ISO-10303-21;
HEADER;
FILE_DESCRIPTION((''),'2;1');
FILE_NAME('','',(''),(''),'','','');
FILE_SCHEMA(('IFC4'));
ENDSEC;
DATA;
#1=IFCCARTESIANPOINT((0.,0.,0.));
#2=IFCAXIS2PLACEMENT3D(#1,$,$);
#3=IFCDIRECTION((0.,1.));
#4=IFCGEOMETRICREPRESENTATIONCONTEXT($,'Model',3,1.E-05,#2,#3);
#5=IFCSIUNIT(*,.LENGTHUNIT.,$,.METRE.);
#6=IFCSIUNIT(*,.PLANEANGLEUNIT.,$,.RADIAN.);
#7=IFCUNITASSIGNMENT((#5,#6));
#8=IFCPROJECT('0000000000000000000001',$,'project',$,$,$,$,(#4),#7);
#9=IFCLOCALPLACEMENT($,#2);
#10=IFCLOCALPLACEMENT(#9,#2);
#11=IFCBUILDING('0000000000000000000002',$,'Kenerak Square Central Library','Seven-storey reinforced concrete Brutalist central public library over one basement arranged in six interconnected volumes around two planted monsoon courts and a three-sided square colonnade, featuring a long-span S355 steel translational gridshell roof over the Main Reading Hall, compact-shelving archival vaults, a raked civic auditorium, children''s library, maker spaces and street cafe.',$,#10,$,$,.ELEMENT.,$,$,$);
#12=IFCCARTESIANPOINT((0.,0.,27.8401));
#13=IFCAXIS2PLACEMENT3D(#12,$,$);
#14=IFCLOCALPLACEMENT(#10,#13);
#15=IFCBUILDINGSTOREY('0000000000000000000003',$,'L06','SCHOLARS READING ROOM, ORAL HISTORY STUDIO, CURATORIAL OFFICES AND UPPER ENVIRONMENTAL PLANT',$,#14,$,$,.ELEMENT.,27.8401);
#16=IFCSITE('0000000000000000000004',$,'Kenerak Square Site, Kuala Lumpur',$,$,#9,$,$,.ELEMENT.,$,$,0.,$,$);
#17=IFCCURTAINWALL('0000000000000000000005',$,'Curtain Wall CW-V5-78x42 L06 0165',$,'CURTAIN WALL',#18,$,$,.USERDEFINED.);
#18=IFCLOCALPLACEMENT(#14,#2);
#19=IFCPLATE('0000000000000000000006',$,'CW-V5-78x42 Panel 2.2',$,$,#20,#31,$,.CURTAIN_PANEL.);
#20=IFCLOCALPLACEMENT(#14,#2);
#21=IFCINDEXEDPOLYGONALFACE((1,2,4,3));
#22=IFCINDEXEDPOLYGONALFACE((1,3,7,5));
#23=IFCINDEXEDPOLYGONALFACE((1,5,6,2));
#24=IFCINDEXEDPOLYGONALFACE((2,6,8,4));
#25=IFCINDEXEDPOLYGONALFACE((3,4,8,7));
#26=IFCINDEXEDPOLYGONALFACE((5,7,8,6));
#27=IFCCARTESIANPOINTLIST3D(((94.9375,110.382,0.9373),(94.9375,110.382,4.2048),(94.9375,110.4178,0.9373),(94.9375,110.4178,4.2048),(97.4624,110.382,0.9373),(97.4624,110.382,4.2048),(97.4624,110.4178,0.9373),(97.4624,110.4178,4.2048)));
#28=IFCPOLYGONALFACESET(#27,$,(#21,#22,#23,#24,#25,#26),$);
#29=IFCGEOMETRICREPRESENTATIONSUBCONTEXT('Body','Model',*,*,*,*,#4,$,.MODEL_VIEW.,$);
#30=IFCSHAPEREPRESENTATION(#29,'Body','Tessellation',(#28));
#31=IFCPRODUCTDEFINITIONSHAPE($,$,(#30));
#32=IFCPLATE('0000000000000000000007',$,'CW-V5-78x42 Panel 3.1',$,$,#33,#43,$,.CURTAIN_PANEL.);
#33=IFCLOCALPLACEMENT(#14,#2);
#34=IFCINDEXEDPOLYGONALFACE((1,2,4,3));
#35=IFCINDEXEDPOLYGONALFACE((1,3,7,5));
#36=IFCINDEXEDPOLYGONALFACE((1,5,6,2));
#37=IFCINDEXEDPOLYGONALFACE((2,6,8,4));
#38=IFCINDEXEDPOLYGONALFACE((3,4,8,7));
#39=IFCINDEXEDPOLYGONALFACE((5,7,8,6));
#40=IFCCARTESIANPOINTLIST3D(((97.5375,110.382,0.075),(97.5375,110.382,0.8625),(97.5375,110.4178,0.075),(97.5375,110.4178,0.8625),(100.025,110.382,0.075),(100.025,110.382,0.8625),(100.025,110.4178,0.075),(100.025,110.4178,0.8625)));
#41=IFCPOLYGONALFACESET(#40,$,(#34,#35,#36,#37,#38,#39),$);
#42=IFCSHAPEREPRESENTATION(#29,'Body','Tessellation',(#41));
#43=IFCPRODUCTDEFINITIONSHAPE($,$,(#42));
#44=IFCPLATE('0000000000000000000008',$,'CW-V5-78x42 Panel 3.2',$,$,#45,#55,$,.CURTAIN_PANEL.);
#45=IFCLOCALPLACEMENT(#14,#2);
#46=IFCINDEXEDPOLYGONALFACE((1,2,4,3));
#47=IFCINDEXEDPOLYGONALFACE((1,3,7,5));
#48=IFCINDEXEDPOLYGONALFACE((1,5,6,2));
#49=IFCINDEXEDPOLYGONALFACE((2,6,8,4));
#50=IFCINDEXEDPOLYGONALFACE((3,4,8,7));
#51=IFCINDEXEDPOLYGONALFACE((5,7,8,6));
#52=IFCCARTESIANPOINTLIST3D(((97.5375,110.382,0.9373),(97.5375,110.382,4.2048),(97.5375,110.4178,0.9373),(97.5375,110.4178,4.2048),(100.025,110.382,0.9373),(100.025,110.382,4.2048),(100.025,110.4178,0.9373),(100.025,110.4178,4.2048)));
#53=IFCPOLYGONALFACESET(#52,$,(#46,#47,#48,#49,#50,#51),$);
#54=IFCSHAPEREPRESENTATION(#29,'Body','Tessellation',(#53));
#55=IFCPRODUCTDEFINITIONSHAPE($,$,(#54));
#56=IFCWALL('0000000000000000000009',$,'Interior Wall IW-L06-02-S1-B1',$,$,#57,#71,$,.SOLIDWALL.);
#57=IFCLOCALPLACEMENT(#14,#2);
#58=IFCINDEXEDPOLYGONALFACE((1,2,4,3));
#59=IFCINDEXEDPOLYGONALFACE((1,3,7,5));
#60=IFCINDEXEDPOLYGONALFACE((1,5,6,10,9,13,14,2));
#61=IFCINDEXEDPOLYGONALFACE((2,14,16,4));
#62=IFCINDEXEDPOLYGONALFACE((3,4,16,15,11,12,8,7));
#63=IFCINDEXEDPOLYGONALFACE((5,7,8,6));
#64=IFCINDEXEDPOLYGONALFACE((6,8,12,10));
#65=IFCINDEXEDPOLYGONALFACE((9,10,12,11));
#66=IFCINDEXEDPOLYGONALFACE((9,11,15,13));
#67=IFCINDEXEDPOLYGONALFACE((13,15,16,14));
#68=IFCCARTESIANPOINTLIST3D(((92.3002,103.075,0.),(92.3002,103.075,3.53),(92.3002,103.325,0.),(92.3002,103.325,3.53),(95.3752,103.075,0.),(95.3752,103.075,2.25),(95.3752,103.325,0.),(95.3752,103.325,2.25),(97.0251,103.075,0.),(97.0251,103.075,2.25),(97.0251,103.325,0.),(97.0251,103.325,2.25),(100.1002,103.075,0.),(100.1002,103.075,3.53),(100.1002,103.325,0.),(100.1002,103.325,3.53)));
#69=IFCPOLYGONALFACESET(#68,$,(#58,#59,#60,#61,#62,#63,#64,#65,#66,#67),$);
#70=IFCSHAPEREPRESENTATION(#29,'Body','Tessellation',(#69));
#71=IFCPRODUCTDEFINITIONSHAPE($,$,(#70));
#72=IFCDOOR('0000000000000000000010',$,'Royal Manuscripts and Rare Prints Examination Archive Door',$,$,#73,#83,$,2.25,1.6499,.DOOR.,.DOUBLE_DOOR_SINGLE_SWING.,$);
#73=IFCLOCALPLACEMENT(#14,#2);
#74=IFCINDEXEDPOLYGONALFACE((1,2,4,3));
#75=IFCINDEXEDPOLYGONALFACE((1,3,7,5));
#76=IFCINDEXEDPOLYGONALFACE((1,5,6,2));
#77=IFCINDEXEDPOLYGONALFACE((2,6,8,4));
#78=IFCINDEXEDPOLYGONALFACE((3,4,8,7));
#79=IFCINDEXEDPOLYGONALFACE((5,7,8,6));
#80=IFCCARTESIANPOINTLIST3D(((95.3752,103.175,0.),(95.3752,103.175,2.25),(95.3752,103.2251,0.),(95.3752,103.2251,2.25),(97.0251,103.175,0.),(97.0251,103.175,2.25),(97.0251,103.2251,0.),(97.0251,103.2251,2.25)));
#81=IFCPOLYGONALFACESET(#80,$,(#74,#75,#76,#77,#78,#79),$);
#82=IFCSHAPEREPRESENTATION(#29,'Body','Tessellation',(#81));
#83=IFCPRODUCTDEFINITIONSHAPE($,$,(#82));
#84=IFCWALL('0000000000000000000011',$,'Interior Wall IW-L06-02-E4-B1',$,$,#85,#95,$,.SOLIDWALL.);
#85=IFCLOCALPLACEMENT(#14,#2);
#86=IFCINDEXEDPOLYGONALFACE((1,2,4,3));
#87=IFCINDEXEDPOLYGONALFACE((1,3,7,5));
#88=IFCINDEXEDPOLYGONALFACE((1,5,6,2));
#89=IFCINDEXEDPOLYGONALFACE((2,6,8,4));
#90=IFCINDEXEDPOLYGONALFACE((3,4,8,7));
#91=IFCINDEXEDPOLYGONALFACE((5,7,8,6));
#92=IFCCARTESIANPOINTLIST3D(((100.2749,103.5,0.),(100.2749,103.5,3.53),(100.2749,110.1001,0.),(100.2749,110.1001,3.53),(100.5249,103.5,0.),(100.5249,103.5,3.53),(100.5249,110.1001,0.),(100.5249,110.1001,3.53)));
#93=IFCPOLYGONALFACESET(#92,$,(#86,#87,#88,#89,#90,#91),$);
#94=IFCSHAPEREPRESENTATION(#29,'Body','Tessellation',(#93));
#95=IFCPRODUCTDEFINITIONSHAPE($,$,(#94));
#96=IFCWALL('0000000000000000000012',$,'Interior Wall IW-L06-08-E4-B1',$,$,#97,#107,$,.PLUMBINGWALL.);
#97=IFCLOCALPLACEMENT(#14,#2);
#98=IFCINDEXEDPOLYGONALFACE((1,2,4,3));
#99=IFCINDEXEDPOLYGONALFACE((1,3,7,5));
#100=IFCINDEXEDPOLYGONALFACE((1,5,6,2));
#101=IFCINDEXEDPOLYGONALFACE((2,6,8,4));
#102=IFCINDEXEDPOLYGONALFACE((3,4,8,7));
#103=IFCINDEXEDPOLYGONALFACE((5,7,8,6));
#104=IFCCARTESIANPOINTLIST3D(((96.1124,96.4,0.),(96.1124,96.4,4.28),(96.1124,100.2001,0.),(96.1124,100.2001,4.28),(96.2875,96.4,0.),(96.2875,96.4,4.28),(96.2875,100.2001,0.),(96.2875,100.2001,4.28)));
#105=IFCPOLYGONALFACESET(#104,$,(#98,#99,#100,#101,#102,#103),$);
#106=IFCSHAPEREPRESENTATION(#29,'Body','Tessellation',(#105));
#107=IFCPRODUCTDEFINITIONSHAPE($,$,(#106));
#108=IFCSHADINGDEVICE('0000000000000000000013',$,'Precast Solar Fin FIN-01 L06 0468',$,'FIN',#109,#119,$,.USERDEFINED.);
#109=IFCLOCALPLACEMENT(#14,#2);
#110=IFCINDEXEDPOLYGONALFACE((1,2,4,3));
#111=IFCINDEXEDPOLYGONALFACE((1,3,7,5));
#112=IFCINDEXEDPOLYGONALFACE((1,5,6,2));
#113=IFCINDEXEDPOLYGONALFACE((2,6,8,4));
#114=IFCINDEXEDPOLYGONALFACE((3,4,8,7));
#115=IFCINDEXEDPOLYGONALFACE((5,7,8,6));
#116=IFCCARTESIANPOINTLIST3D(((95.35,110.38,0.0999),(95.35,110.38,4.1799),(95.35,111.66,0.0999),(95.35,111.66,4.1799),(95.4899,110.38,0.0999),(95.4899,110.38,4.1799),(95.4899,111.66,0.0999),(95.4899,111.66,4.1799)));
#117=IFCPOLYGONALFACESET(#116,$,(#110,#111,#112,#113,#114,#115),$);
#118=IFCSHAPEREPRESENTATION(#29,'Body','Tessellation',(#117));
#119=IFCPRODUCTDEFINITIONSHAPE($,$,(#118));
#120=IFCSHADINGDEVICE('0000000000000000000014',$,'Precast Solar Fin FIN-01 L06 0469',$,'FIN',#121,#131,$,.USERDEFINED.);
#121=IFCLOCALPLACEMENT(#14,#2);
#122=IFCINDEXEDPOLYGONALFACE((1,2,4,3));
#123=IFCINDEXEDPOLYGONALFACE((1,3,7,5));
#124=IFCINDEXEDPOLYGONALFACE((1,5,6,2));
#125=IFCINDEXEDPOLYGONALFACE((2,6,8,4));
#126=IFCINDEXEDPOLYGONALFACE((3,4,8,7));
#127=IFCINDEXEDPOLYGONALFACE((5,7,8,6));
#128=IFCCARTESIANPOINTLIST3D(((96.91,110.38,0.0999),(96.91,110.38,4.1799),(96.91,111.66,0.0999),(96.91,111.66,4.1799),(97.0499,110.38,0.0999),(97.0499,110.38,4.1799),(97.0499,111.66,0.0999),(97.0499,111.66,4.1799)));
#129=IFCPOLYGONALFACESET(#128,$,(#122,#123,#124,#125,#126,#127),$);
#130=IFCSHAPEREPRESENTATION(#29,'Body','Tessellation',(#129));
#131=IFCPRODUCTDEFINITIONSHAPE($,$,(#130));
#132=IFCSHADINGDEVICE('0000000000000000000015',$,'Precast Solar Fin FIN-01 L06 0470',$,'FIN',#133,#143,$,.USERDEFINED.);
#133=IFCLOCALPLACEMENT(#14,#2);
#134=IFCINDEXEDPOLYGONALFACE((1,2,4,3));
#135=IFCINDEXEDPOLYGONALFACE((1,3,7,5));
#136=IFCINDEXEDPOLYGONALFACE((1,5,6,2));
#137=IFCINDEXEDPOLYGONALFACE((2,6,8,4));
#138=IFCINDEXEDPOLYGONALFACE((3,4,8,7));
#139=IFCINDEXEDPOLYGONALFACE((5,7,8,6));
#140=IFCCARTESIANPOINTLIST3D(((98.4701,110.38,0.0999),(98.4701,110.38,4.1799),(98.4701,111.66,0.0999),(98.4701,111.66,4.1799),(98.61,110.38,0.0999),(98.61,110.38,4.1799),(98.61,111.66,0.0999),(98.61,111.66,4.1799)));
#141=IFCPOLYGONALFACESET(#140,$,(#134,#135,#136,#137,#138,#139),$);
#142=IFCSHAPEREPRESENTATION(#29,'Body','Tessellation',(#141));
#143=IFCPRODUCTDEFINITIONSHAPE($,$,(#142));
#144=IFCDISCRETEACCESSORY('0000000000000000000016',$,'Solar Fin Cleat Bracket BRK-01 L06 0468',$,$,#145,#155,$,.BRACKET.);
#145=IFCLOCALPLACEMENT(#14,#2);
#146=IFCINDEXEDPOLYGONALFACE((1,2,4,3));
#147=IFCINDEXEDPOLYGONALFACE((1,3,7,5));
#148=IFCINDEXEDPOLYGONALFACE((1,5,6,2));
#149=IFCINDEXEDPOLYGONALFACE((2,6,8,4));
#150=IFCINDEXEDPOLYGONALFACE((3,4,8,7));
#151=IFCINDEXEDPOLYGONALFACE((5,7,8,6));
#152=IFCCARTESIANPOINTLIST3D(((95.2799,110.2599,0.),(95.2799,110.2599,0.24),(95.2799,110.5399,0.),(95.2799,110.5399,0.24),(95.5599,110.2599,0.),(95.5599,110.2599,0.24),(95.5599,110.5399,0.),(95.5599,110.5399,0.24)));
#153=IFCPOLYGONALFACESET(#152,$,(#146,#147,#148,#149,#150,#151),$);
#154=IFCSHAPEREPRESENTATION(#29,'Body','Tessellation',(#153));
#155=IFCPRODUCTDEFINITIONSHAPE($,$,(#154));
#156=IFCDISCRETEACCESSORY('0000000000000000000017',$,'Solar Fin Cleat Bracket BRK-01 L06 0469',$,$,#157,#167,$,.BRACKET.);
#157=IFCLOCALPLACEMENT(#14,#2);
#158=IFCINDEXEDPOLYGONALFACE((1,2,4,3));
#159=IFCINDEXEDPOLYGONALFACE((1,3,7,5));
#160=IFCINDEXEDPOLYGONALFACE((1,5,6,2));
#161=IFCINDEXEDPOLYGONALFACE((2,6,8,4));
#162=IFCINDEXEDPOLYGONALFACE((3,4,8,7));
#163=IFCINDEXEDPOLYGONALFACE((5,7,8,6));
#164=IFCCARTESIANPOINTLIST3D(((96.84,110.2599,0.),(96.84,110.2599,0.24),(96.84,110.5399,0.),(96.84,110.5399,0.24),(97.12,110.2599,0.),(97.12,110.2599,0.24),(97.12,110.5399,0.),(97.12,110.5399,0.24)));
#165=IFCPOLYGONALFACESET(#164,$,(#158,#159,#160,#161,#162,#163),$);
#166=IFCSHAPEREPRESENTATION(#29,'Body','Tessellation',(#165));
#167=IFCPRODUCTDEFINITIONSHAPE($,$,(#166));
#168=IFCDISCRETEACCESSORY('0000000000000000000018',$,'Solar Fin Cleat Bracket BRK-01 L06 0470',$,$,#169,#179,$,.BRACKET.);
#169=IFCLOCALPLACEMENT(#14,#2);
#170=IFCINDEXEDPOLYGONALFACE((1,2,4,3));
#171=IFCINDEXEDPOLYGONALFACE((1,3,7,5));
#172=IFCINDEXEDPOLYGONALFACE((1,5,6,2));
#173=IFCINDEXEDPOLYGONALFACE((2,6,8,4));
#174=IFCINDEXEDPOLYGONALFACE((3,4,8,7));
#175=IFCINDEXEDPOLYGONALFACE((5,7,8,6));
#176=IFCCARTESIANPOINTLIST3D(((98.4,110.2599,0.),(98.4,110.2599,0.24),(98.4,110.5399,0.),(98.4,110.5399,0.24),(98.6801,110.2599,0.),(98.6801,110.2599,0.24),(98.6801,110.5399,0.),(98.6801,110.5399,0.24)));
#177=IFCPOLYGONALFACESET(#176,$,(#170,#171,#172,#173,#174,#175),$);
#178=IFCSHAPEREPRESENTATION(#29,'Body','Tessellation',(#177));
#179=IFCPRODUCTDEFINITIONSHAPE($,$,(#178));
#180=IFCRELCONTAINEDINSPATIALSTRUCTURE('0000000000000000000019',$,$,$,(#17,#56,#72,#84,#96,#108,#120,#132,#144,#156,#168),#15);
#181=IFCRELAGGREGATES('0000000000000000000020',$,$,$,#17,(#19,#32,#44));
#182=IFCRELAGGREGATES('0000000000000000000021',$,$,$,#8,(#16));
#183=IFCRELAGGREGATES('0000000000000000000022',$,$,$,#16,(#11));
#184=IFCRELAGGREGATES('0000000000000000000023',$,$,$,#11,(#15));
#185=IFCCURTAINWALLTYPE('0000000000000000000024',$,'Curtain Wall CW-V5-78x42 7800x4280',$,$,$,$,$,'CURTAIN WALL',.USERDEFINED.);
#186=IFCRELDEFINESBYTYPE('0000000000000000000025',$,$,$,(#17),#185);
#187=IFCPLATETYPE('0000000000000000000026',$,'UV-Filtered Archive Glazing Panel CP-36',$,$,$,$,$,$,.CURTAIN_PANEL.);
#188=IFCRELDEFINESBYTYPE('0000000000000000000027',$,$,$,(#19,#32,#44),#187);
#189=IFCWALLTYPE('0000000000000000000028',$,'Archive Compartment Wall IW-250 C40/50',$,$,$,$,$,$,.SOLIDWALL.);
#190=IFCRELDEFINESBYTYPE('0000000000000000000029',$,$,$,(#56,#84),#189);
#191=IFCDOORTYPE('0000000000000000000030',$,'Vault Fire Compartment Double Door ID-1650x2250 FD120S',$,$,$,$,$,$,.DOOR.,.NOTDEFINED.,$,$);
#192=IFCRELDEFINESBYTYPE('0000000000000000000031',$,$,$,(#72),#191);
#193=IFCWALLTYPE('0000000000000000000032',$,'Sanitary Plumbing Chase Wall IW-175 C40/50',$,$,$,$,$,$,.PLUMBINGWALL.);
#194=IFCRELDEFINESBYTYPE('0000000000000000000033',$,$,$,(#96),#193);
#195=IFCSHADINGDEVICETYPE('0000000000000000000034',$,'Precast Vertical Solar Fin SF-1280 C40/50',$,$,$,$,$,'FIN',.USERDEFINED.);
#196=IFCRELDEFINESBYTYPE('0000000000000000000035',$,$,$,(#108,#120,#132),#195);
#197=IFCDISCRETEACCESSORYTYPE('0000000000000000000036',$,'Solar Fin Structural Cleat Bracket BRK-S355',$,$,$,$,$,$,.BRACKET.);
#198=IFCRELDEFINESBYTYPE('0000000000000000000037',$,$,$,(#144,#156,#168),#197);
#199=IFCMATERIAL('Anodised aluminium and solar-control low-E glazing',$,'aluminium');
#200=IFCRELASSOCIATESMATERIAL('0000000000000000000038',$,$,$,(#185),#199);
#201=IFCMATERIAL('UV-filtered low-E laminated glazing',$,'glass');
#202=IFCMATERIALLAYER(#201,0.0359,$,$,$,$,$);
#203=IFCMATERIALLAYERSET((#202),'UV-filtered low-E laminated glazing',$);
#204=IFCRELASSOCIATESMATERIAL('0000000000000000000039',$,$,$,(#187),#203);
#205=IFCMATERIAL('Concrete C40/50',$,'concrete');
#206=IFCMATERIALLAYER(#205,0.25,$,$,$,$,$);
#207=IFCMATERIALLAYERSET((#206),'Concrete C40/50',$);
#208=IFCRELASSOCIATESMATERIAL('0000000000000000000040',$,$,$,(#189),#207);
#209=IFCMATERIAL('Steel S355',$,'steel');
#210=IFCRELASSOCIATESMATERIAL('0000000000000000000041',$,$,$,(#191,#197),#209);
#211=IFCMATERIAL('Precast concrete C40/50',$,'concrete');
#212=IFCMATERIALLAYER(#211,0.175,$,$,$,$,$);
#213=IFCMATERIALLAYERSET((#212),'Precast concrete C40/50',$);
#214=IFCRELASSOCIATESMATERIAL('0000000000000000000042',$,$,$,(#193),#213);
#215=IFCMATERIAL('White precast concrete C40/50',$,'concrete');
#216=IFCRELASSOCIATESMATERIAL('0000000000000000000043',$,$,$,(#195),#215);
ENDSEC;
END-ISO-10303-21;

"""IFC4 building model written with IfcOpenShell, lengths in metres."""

from ifc_helpers import new_model, si_unit, direction, frame, frame_2d, origin, origin_2d, place, context, subcontext, project, spatial, rectangle, extrude, material, layer, layer_set, type_object, element, fill, aggregate, save


model = new_model("IFC4")

# Units and contexts
model_context = context("Model", 3, precision=1e-05, world=origin(), true_north=direction((0.0, 1.0)))
body_context = subcontext(model_context, "Body", "Model", "MODEL_VIEW")
ifc_project = project(units=[si_unit("LENGTHUNIT", "METRE"), si_unit("PLANEANGLEUNIT", "RADIAN")], contexts=[model_context])

# Site, building, storey
site_placement = place(None, origin())
site = spatial("IfcSite", under=ifc_project, at=site_placement, Name="Kenerak Square Site, Kuala Lumpur", CompositionType="ELEMENT", RefElevation=0.0)
building_placement = place(site_placement, origin())
building = spatial("IfcBuilding", under=site, at=building_placement, Name="Kenerak Square Central Library", Description="Seven-storey reinforced concrete Brutalist central public library over one basement arranged in six interconnected volumes around two planted monsoon courts and a three-sided square colonnade, featuring a long-span S355 steel translational gridshell roof over the Main Reading Hall, compact-shelving archival vaults, a raked civic auditorium, children's library, maker spaces and street cafe.", CompositionType="ELEMENT")
storey_placement = place(building_placement, frame((0.0, 0.0, 27.8401)))
storey = spatial("IfcBuildingStorey", under=building, at=storey_placement, Name="L06", Description="SCHOLARS READING ROOM, ORAL HISTORY STUDIO, CURATORIAL OFFICES AND UPPER ENVIRONMENTAL PLANT", CompositionType="ELEMENT", Elevation=27.8401)

# Shared definitions
ifc_material_1 = material(Name="Concrete C40/50", Category="concrete")

# Curtain wall, plates
ifc_material_2 = material(Name="Anodised aluminium and solar-control low-E glazing", Category="aluminium")
curtain_wall_type = type_object("IfcCurtainWallType", Name="Curtain Wall CW-V5-78x42 7800x4280", ElementType="CURTAIN WALL", PredefinedType="USERDEFINED", material=ifc_material_2)
curtain_wall_placement = place(storey_placement, origin())
curtain_wall = element("IfcCurtainWall", 1, at=curtain_wall_placement, inside=storey, type_object=curtain_wall_type, Name="Curtain Wall CW-V5-78x42 L06 0165", ObjectType="CURTAIN WALL", PredefinedType="USERDEFINED")
ifc_material_3 = material(Name="UV-filtered low-E laminated glazing", Category="glass")
ifc_layer_1 = layer(ifc_material_3, 0.0359)
ifc_layer_set_1 = layer_set([ifc_layer_1], Name="UV-filtered low-E laminated glazing")
plate_type = type_object("IfcPlateType", Name="UV-Filtered Archive Glazing Panel CP-36", PredefinedType="CURTAIN_PANEL", material=ifc_layer_set_1)
plate_1_placement = place(storey_placement, frame((96.2, 110.3999, 0.9373), z_axis=(0.0, 0.0, 1.0), x_axis=(1.0, 0.0, 0.0)))
plate_1 = element("IfcPlate", 2, at=plate_1_placement, type_object=plate_type, Name="CW-V5-78x42 Panel 2.2", PredefinedType="CURTAIN_PANEL", context=body_context, shape_type="SweptSolid", body=[
    extrude(rectangle(XDim=2.5249, YDim=0.0359, at=origin_2d()), origin(), (0.0, 0.0, 1.0), 3.2676),
])
plate_2_placement = place(storey_placement, frame((98.7812, 110.3999, 0.075), z_axis=(0.0, 0.0, 1.0), x_axis=(1.0, 0.0, 0.0)))
plate_2 = element("IfcPlate", 3, at=plate_2_placement, type_object=plate_type, Name="CW-V5-78x42 Panel 3.1", PredefinedType="CURTAIN_PANEL", context=body_context, shape_type="SweptSolid", body=[
    extrude(rectangle(XDim=2.4875, YDim=0.0359, at=origin_2d()), origin(), (0.0, 0.0, 1.0), 0.7876),
])
plate_3_placement = place(storey_placement, frame((98.7812, 110.3999, 0.9373), z_axis=(0.0, 0.0, 1.0), x_axis=(1.0, 0.0, 0.0)))
plate_3 = element("IfcPlate", 4, at=plate_3_placement, type_object=plate_type, Name="CW-V5-78x42 Panel 3.2", PredefinedType="CURTAIN_PANEL", context=body_context, shape_type="SweptSolid", body=[
    extrude(rectangle(XDim=2.4875, YDim=0.0359, at=origin_2d()), origin(), (0.0, 0.0, 1.0), 3.2676),
])
aggregate(curtain_wall, [plate_1, plate_2, plate_3])

# Wall, opening, door
ifc_layer_2 = layer(ifc_material_1, 0.25)
ifc_layer_set_2 = layer_set([ifc_layer_2], Name="Concrete C40/50")
wall_type_1 = type_object("IfcWallType", Name="Archive Compartment Wall IW-250 C40/50", PredefinedType="SOLIDWALL", material=ifc_layer_set_2)
wall_1_placement = place(storey_placement, frame((100.1001, 103.2, 0.0), z_axis=(0.0, 0.0, 1.0), x_axis=(-1.0, 0.0, 0.0)))
wall_1 = element("IfcWall", 5, at=wall_1_placement, inside=storey, type_object=wall_type_1, Name="Interior Wall IW-L06-02-S1-B1", PredefinedType="SOLIDWALL", context=body_context, shape_type="SweptSolid", body=[
    extrude(rectangle(XDim=7.8, YDim=0.25, at=frame_2d((3.8999, 0.0))), origin(), (0.0, 0.0, 1.0), 3.53),
])
opening_placement = place(wall_1_placement, frame((3.075, 0.0, 0.0)))
opening = element("IfcOpeningElement", 6, at=opening_placement, cuts=wall_1, PredefinedType="OPENING", context=body_context, shape_type="SweptSolid", body=[
    extrude(rectangle(XDim=1.6499, YDim=2.25, at=frame_2d((0.825, 1.125))), frame((0.0, 0.135, 0.0), z_axis=(0.0, -1.0, 0.0), x_axis=(1.0, 0.0, 0.0)), (0.0, 0.0, 1.0), 0.27),
])
ifc_material_4 = material(Name="Steel S355", Category="steel")
door_type = type_object("IfcDoorType", Name="Vault Fire Compartment Double Door ID-1650x2250 FD120S", OperationType="NOTDEFINED", PredefinedType="DOOR", material=ifc_material_4)
door_placement = place(opening_placement, origin())
door = element("IfcDoor", 7, at=door_placement, inside=storey, type_object=door_type, Name="Royal Manuscripts and Rare Prints Examination Archive Door", OperationType="DOUBLE_DOOR_SINGLE_SWING", OverallHeight=2.25, OverallWidth=1.6499, PredefinedType="DOOR", context=body_context, shape_type="SweptSolid", body=[
    extrude(rectangle(XDim=1.6499, YDim=2.25, at=frame_2d((0.825, 1.125))), frame((0.0, 0.0249, 0.0), z_axis=(0.0, -1.0, 0.0), x_axis=(1.0, 0.0, 0.0)), (0.0, 0.0, 1.0), 0.05),
])
fill(opening, door)

# Walls
wall_2_placement = place(storey_placement, frame((100.3999, 110.1001, 0.0), z_axis=(0.0, 0.0, 1.0), x_axis=(0.0, -1.0, 0.0)))
element("IfcWall", 8, at=wall_2_placement, inside=storey, type_object=wall_type_1, Name="Interior Wall IW-L06-02-E4-B1", PredefinedType="SOLIDWALL", context=body_context, shape_type="SweptSolid", body=[
    extrude(rectangle(XDim=6.6001, YDim=0.25, at=frame_2d((3.3, 0.0))), origin(), (0.0, 0.0, 1.0), 3.53),
])
ifc_material_5 = material(Name="Precast concrete C40/50", Category="concrete")
ifc_layer_3 = layer(ifc_material_5, 0.175)
ifc_layer_set_3 = layer_set([ifc_layer_3], Name="Precast concrete C40/50")
wall_type_2 = type_object("IfcWallType", Name="Sanitary Plumbing Chase Wall IW-175 C40/50", PredefinedType="PLUMBINGWALL", material=ifc_layer_set_3)
wall_3_placement = place(storey_placement, frame((96.2, 100.2, 0.0), z_axis=(0.0, 0.0, 1.0), x_axis=(0.0, -1.0, 0.0)))
element("IfcWall", 9, at=wall_3_placement, inside=storey, type_object=wall_type_2, Name="Interior Wall IW-L06-08-E4-B1", PredefinedType="PLUMBINGWALL", context=body_context, shape_type="SweptSolid", body=[
    extrude(rectangle(XDim=3.8, YDim=0.175, at=frame_2d((1.8999, 0.0))), origin(), (0.0, 0.0, 1.0), 4.28),
])

# Shading devices
ifc_material_6 = material(Name="White precast concrete C40/50", Category="concrete")
shading_device_type = type_object("IfcShadingDeviceType", Name="Precast Vertical Solar Fin SF-1280 C40/50", ElementType="FIN", PredefinedType="USERDEFINED", material=ifc_material_6)
for number, where, z_axis, x_axis, name in (
    (10, (95.4199, 111.02, 0.0999), (0.0, 0.0, 1.0), (1.0, 0.0, 0.0), "Precast Solar Fin FIN-01 L06 0468"),
    (11, (96.98, 111.02, 0.0999), (0.0, 0.0, 1.0), (1.0, 0.0, 0.0), "Precast Solar Fin FIN-01 L06 0469"),
    (12, (98.54, 111.02, 0.0999), (0.0, 0.0, 1.0), (1.0, 0.0, 0.0), "Precast Solar Fin FIN-01 L06 0470"),
):
    element("IfcShadingDevice", number, at=place(storey_placement, frame(where, z_axis=z_axis, x_axis=x_axis)), inside=storey, type_object=shading_device_type, Name=name, ObjectType="FIN", PredefinedType="USERDEFINED", context=body_context, shape_type="SweptSolid", body=[
        extrude(rectangle(XDim=0.1399, YDim=1.28, at=origin_2d()), origin(), (0.0, 0.0, 1.0), 4.0801),
    ])

# Discrete accessories
discrete_accessory_type = type_object("IfcDiscreteAccessoryType", Name="Solar Fin Structural Cleat Bracket BRK-S355", PredefinedType="BRACKET", material=ifc_material_4)
for number, where, z_axis, x_axis, name in (
    (13, (95.4199, 110.3999, 0.0), (0.0, 0.0, 1.0), (1.0, 0.0, 0.0), "Solar Fin Cleat Bracket BRK-01 L06 0468"),
    (14, (96.98, 110.3999, 0.0), (0.0, 0.0, 1.0), (1.0, 0.0, 0.0), "Solar Fin Cleat Bracket BRK-01 L06 0469"),
    (15, (98.54, 110.3999, 0.0), (0.0, 0.0, 1.0), (1.0, 0.0, 0.0), "Solar Fin Cleat Bracket BRK-01 L06 0470"),
):
    element("IfcDiscreteAccessory", number, at=place(storey_placement, frame(where, z_axis=z_axis, x_axis=x_axis)), inside=storey, type_object=discrete_accessory_type, Name=name, PredefinedType="BRACKET", context=body_context, shape_type="SweptSolid", body=[
        extrude(rectangle(XDim=0.28, YDim=0.28, at=origin_2d()), origin(), (0.0, 0.0, 1.0), 0.24),
    ])

save(model, "model.ifc")
